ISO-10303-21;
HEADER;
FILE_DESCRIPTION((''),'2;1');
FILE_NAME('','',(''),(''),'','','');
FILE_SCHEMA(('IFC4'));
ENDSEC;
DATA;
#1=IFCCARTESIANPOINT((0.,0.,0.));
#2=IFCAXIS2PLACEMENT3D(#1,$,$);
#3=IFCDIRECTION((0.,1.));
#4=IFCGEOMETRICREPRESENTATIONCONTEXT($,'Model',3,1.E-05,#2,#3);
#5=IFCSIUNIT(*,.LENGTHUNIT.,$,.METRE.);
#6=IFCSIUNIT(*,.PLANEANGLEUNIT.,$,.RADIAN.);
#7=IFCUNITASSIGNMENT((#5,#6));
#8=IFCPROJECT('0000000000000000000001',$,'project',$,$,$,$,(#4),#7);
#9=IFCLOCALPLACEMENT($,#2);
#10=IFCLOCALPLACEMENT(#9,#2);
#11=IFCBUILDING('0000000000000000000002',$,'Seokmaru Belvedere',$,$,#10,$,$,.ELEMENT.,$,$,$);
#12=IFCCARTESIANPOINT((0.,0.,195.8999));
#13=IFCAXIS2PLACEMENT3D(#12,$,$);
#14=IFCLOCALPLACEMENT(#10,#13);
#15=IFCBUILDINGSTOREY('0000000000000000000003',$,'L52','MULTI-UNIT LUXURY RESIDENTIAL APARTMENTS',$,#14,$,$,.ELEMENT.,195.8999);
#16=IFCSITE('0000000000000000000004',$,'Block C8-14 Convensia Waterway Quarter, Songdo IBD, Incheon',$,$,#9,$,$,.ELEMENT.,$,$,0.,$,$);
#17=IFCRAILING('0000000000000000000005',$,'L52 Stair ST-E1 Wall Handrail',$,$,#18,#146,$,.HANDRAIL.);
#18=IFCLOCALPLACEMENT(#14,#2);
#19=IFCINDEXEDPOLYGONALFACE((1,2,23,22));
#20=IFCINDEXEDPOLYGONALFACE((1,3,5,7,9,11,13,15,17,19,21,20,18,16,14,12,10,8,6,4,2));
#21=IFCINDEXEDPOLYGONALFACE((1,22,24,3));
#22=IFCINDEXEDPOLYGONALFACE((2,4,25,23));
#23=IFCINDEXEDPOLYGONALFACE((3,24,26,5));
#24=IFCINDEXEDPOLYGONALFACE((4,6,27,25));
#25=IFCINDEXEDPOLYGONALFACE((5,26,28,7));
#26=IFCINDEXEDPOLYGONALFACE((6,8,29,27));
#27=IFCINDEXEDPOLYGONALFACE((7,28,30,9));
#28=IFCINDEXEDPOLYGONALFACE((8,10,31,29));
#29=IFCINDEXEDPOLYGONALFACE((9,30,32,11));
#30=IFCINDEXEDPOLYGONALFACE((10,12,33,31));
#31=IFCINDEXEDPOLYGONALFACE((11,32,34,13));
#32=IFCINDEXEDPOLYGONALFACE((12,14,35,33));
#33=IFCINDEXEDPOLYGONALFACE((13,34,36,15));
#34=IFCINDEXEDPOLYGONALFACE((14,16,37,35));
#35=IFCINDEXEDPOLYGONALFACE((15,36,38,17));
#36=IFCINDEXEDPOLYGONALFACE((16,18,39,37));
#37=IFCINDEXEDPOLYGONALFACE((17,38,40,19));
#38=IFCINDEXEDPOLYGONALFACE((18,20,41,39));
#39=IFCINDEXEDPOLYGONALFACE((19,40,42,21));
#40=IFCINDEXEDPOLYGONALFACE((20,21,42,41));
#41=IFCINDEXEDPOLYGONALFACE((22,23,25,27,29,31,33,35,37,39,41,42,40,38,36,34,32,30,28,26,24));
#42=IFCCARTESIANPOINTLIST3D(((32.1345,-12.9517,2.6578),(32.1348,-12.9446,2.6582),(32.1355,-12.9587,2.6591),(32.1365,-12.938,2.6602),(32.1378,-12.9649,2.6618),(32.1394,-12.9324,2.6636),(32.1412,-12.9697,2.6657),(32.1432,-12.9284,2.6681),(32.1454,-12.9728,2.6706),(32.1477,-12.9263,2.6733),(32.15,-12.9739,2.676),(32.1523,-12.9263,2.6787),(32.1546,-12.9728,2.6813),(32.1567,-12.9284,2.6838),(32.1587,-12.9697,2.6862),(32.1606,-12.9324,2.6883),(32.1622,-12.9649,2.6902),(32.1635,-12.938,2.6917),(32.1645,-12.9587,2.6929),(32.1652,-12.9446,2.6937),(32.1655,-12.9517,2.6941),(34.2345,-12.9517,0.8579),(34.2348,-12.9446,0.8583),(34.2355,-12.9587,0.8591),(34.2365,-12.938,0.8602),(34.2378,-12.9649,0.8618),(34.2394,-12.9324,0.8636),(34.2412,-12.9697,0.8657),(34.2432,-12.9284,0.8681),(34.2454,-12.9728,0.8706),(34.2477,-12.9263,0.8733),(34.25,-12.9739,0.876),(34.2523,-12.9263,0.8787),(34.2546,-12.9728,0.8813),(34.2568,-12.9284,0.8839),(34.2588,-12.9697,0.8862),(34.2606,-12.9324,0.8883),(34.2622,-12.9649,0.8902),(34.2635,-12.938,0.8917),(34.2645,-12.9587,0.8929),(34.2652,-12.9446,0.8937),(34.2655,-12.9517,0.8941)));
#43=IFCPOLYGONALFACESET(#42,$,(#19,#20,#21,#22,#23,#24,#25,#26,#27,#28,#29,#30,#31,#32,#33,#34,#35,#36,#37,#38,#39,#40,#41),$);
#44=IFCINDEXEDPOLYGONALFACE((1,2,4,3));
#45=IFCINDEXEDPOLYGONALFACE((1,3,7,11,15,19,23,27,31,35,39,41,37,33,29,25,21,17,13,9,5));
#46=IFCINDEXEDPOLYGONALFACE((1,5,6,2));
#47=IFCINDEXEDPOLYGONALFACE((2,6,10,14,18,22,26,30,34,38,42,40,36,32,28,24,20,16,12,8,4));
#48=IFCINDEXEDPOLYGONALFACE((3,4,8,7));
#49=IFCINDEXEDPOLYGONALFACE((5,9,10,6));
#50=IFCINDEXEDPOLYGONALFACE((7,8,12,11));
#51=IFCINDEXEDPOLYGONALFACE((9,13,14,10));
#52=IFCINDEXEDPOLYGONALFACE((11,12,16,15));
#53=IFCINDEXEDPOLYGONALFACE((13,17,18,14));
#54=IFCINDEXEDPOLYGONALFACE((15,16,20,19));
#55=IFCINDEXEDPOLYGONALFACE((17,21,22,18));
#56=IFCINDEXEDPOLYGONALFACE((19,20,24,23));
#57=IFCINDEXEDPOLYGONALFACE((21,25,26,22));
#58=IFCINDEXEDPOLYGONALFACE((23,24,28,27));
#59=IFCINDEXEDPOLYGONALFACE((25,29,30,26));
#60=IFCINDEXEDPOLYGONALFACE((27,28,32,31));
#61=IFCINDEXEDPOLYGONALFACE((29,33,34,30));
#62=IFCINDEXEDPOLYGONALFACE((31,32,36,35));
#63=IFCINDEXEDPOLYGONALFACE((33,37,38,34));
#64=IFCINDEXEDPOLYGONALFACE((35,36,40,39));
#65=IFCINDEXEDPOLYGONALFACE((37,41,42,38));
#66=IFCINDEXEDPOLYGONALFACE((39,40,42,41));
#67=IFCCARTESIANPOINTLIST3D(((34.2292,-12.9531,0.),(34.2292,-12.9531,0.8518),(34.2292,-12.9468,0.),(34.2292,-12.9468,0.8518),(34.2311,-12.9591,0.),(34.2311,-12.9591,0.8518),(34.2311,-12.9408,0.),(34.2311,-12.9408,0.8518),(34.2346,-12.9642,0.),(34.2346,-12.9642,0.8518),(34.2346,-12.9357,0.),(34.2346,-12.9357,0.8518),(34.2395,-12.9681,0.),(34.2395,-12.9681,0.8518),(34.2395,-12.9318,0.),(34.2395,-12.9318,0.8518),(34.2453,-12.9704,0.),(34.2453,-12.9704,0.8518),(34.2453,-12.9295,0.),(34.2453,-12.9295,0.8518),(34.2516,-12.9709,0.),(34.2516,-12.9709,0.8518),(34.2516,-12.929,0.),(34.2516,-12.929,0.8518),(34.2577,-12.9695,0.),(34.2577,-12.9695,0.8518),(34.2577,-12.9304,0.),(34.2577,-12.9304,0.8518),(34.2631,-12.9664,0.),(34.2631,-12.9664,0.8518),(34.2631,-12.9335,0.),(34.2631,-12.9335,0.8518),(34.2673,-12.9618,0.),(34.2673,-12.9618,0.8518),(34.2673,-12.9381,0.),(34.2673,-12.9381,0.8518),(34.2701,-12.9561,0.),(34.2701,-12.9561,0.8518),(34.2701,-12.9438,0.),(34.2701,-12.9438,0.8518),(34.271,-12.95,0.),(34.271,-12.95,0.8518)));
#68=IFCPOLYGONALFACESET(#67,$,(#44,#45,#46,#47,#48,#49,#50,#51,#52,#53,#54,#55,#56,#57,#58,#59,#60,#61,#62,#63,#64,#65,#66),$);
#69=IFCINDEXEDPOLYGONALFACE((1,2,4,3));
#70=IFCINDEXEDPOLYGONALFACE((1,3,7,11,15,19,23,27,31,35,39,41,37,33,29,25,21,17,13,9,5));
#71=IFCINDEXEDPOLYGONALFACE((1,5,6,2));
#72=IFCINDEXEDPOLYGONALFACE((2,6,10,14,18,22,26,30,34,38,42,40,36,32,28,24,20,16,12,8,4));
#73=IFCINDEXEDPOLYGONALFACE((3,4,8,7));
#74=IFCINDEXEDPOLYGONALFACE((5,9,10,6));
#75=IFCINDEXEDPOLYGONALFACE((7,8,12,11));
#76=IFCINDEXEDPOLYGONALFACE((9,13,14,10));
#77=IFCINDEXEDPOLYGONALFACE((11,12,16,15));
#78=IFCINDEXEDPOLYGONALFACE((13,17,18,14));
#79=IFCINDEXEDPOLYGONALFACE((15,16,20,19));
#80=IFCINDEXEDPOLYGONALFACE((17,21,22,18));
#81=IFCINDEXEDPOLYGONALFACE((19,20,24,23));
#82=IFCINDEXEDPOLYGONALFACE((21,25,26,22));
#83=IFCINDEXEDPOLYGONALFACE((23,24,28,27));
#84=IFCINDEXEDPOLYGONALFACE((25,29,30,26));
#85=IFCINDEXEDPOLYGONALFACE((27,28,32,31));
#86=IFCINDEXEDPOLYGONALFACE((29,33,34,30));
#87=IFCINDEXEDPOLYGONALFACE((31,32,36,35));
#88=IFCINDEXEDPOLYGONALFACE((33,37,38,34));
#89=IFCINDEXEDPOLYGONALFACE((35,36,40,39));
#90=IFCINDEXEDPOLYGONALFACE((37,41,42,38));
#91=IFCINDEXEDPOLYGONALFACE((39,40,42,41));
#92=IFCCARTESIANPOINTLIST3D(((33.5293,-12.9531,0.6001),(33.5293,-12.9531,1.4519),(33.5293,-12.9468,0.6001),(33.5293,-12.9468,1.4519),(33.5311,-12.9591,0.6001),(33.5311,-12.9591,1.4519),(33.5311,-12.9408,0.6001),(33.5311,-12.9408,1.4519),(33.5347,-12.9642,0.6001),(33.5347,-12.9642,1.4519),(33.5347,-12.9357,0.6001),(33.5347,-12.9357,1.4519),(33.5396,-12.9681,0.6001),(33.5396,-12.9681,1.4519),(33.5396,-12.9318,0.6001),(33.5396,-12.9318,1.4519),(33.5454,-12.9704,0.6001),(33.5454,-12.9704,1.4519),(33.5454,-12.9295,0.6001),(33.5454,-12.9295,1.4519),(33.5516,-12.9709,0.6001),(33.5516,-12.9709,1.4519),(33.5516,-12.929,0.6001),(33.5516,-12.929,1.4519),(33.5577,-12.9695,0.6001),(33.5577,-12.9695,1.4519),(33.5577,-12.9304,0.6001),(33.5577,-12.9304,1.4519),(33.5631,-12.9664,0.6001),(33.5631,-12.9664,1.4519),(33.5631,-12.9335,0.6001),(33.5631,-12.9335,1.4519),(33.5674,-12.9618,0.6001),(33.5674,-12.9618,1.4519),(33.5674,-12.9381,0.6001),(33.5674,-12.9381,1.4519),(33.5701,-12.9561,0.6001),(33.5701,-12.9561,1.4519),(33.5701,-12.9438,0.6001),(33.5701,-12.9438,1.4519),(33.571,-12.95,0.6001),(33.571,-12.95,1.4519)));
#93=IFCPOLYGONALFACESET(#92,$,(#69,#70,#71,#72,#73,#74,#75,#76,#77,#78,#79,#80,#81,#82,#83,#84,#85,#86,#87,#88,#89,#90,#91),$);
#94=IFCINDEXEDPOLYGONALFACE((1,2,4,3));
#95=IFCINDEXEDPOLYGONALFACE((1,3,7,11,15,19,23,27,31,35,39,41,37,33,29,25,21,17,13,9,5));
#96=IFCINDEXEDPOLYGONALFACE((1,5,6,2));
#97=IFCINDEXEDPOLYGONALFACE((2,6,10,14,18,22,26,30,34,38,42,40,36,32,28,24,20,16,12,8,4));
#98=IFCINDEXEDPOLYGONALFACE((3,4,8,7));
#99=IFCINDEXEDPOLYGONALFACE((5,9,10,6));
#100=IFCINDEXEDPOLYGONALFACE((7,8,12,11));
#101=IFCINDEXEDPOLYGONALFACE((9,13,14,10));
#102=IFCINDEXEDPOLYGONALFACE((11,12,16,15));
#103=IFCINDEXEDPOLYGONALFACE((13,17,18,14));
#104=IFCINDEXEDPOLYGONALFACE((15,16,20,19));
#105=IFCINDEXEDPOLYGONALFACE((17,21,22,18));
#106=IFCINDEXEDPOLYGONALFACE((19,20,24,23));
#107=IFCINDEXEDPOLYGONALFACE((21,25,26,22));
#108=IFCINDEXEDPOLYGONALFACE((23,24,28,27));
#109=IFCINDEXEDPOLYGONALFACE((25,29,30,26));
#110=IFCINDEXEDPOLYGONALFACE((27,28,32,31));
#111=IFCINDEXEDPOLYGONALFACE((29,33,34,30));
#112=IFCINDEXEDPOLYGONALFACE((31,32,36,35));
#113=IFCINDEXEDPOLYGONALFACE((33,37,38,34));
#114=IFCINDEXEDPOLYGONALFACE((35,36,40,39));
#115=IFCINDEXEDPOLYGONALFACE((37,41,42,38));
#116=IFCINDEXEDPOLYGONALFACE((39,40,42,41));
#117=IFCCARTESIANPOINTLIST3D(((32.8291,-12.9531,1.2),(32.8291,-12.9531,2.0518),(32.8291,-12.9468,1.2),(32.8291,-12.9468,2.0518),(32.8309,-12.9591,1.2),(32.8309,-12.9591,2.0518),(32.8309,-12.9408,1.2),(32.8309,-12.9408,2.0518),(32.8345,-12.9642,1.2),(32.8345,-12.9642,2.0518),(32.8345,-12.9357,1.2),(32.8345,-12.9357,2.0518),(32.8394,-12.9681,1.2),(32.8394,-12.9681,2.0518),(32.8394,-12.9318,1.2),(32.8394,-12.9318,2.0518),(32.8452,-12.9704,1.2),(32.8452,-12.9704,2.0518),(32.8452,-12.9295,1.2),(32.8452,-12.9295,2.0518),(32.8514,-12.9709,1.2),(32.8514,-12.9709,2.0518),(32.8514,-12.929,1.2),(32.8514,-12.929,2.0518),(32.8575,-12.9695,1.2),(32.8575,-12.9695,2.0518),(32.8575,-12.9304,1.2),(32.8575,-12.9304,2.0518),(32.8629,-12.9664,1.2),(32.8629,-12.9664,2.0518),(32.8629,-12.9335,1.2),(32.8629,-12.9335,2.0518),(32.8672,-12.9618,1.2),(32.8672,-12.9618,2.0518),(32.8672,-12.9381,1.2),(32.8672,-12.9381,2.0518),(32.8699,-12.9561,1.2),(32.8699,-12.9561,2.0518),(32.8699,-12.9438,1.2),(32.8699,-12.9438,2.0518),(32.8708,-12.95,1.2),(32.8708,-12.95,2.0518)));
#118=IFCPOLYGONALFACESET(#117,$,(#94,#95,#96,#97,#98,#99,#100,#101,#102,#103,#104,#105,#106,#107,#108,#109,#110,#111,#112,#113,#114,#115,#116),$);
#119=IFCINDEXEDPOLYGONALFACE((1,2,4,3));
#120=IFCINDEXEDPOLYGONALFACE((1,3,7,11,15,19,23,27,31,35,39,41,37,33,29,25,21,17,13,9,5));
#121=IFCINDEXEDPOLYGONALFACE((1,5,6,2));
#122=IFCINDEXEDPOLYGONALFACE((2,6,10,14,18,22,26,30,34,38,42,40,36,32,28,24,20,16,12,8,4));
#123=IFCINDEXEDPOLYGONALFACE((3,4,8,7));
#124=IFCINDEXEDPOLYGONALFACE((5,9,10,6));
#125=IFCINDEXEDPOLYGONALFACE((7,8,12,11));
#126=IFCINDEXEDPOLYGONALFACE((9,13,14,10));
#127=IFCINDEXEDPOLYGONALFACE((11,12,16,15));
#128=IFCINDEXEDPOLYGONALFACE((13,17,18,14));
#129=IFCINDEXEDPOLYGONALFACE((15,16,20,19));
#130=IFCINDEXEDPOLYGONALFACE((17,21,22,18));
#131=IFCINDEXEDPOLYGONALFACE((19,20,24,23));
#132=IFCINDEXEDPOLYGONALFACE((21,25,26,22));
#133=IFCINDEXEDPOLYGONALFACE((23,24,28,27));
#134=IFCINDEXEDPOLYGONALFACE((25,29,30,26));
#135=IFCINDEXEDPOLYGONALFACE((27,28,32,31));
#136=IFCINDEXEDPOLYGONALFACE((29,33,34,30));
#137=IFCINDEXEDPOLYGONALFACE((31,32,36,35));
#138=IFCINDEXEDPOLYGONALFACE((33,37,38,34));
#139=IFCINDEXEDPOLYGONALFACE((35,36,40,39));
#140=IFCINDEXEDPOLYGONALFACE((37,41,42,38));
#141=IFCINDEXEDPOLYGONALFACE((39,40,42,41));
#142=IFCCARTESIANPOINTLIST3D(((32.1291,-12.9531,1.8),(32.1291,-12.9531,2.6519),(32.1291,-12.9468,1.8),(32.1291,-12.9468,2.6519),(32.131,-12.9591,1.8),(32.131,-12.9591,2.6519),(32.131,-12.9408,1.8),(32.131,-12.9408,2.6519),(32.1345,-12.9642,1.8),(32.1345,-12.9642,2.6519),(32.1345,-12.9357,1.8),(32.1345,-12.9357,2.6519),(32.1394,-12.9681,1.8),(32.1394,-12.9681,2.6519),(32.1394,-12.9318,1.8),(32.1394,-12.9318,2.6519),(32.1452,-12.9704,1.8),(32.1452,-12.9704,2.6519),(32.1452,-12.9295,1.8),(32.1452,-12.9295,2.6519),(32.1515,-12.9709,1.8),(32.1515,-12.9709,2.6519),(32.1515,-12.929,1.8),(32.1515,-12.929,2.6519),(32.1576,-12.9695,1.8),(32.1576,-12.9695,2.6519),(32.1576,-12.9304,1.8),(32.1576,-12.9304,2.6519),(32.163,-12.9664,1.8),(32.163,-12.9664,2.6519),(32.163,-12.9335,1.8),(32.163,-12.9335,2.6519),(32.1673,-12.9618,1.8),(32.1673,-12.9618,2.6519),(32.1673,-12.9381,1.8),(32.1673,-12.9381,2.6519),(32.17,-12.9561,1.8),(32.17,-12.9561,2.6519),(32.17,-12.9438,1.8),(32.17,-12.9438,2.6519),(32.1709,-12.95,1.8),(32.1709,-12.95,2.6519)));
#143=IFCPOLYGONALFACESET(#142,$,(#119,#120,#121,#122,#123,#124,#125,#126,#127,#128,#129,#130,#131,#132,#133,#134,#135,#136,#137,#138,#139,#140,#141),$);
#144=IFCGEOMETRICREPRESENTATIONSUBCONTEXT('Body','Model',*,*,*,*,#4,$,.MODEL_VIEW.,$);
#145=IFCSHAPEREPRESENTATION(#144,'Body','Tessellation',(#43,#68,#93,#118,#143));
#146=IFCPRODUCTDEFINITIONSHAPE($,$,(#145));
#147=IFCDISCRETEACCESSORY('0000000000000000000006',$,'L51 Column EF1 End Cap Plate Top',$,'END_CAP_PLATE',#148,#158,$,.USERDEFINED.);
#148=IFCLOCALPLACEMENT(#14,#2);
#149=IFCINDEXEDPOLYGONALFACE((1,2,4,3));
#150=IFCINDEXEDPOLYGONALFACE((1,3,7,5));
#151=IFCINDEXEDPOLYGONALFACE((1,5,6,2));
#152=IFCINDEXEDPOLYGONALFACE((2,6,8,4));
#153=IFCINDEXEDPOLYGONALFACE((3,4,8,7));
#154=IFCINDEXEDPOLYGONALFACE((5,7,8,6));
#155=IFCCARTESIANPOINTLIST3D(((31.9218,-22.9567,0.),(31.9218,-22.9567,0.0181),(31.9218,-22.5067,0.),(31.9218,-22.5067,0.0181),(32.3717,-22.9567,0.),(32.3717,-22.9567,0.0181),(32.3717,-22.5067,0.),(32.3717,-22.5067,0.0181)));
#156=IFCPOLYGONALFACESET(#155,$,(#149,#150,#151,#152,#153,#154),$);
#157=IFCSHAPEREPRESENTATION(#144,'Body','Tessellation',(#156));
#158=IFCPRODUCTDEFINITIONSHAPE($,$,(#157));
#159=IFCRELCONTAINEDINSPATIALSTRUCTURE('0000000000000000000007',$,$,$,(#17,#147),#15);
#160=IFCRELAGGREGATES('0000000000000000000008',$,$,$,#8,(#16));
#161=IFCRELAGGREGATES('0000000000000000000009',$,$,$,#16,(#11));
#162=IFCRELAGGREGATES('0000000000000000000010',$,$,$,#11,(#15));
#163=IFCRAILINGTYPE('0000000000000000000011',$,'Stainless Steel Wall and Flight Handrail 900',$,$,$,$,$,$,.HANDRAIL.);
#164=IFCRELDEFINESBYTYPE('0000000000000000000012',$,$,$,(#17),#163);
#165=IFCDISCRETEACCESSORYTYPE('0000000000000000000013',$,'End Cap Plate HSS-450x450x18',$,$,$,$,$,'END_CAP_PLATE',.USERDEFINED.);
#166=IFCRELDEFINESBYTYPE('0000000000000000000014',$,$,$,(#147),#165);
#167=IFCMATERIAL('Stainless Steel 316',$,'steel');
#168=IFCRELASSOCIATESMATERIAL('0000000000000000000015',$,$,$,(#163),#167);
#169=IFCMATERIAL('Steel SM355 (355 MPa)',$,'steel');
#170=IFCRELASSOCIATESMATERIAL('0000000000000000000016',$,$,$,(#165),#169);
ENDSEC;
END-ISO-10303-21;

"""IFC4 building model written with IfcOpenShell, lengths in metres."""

from ifc_helpers import new_model, si_unit, direction, frame, origin, origin_2d, place, context, subcontext, project, spatial, rectangle, circle, extrude, source, transform, mapped, material, type_object, type_shapes, element, save


model = new_model("IFC4")

# Units and contexts
model_context = context("Model", 3, precision=1e-05, world=origin(), true_north=direction((0.0, 1.0)))
body_context = subcontext(model_context, "Body", "Model", "MODEL_VIEW")
ifc_project = project(units=[si_unit("LENGTHUNIT", "METRE"), si_unit("PLANEANGLEUNIT", "RADIAN")], contexts=[model_context])

# Site, building, storey
site_placement = place(None, origin())
site = spatial("IfcSite", under=ifc_project, at=site_placement, Name="Block C8-14 Convensia Waterway Quarter, Songdo IBD, Incheon", CompositionType="ELEMENT", RefElevation=0.0)
building_placement = place(site_placement, origin())
building = spatial("IfcBuilding", under=site, at=building_placement, Name="Seokmaru Belvedere", CompositionType="ELEMENT")
storey_placement = place(building_placement, frame((0.0, 0.0, 195.8999)))
storey = spatial("IfcBuildingStorey", under=building, at=storey_placement, Name="L52", Description="MULTI-UNIT LUXURY RESIDENTIAL APARTMENTS", CompositionType="ELEMENT", Elevation=195.8999)

# Shared definitions
ifc_material_1 = material(Name="Steel SM355 (355 MPa)", Category="steel")

# Railing
ifc_material_2 = material(Name="Stainless Steel 316", Category="steel")
railing_type_1 = type_object("IfcRailingType", Name="Stainless Steel Wall and Flight Handrail 900", PredefinedType="HANDRAIL", material=ifc_material_2)
railing_1_placement = place(storey_placement, frame((34.25, -12.95, 0.0)))
element("IfcRailing", 1, at=railing_1_placement, inside=storey, type_object=railing_type_1, Name="L52 Stair ST-E1 Wall Handrail", PredefinedType="HANDRAIL", context=body_context, shape_type="SweptSolid", body=[
    extrude(circle(Radius=0.0239, at=origin_2d()), frame((0.0, 0.0, 0.876), z_axis=(-0.759263, 0.0, 0.650784), x_axis=(0.0, -1.0, 0.0)), (0.0, 0.0, 1.0), 2.7659),
    extrude(circle(Radius=0.021, at=origin_2d()), origin(), (0.0, 0.0, 1.0), 0.8518),
    extrude(circle(Radius=0.021, at=origin_2d()), frame((-0.7, 0.0, 0.6001)), (0.0, 0.0, 1.0), 0.8518),
    extrude(circle(Radius=0.021, at=origin_2d()), frame((-1.4001, 0.0, 1.2)), (0.0, 0.0, 1.0), 0.8518),
    extrude(circle(Radius=0.021, at=origin_2d()), frame((-2.1001, 0.0, 1.8)), (0.0, 0.0, 1.0), 0.8518),
])

# Discrete accessory
discrete_accessory_type = type_object("IfcDiscreteAccessoryType", Name="End Cap Plate HSS-450x450x18", ElementType="END_CAP_PLATE", PredefinedType="USERDEFINED", material=ifc_material_1)
shared_shape_1 = source(origin(), body_context, "Body", "SweptSolid", [
    extrude(rectangle(XDim=0.45, YDim=0.45, at=origin_2d()), origin(), (0.0, 0.0, 1.0), 0.0181),
])
type_shapes(discrete_accessory_type, [shared_shape_1])
discrete_accessory_placement = place(storey_placement, frame((32.1467, -22.7317, 0.0), z_axis=(0.0, 0.0, 1.0), x_axis=(1.0, 0.0, 0.0)))
element("IfcDiscreteAccessory", 2, at=discrete_accessory_placement, inside=storey, type_object=discrete_accessory_type, Name="L51 Column EF1 End Cap Plate Top", ObjectType="END_CAP_PLATE", PredefinedType="USERDEFINED", context=body_context, shape_type="MappedRepresentation", body=[
    mapped(shared_shape_1, transform((0.0, 0.0, 0.0), scale=1.0)),
])

save(model, "model.ifc")
